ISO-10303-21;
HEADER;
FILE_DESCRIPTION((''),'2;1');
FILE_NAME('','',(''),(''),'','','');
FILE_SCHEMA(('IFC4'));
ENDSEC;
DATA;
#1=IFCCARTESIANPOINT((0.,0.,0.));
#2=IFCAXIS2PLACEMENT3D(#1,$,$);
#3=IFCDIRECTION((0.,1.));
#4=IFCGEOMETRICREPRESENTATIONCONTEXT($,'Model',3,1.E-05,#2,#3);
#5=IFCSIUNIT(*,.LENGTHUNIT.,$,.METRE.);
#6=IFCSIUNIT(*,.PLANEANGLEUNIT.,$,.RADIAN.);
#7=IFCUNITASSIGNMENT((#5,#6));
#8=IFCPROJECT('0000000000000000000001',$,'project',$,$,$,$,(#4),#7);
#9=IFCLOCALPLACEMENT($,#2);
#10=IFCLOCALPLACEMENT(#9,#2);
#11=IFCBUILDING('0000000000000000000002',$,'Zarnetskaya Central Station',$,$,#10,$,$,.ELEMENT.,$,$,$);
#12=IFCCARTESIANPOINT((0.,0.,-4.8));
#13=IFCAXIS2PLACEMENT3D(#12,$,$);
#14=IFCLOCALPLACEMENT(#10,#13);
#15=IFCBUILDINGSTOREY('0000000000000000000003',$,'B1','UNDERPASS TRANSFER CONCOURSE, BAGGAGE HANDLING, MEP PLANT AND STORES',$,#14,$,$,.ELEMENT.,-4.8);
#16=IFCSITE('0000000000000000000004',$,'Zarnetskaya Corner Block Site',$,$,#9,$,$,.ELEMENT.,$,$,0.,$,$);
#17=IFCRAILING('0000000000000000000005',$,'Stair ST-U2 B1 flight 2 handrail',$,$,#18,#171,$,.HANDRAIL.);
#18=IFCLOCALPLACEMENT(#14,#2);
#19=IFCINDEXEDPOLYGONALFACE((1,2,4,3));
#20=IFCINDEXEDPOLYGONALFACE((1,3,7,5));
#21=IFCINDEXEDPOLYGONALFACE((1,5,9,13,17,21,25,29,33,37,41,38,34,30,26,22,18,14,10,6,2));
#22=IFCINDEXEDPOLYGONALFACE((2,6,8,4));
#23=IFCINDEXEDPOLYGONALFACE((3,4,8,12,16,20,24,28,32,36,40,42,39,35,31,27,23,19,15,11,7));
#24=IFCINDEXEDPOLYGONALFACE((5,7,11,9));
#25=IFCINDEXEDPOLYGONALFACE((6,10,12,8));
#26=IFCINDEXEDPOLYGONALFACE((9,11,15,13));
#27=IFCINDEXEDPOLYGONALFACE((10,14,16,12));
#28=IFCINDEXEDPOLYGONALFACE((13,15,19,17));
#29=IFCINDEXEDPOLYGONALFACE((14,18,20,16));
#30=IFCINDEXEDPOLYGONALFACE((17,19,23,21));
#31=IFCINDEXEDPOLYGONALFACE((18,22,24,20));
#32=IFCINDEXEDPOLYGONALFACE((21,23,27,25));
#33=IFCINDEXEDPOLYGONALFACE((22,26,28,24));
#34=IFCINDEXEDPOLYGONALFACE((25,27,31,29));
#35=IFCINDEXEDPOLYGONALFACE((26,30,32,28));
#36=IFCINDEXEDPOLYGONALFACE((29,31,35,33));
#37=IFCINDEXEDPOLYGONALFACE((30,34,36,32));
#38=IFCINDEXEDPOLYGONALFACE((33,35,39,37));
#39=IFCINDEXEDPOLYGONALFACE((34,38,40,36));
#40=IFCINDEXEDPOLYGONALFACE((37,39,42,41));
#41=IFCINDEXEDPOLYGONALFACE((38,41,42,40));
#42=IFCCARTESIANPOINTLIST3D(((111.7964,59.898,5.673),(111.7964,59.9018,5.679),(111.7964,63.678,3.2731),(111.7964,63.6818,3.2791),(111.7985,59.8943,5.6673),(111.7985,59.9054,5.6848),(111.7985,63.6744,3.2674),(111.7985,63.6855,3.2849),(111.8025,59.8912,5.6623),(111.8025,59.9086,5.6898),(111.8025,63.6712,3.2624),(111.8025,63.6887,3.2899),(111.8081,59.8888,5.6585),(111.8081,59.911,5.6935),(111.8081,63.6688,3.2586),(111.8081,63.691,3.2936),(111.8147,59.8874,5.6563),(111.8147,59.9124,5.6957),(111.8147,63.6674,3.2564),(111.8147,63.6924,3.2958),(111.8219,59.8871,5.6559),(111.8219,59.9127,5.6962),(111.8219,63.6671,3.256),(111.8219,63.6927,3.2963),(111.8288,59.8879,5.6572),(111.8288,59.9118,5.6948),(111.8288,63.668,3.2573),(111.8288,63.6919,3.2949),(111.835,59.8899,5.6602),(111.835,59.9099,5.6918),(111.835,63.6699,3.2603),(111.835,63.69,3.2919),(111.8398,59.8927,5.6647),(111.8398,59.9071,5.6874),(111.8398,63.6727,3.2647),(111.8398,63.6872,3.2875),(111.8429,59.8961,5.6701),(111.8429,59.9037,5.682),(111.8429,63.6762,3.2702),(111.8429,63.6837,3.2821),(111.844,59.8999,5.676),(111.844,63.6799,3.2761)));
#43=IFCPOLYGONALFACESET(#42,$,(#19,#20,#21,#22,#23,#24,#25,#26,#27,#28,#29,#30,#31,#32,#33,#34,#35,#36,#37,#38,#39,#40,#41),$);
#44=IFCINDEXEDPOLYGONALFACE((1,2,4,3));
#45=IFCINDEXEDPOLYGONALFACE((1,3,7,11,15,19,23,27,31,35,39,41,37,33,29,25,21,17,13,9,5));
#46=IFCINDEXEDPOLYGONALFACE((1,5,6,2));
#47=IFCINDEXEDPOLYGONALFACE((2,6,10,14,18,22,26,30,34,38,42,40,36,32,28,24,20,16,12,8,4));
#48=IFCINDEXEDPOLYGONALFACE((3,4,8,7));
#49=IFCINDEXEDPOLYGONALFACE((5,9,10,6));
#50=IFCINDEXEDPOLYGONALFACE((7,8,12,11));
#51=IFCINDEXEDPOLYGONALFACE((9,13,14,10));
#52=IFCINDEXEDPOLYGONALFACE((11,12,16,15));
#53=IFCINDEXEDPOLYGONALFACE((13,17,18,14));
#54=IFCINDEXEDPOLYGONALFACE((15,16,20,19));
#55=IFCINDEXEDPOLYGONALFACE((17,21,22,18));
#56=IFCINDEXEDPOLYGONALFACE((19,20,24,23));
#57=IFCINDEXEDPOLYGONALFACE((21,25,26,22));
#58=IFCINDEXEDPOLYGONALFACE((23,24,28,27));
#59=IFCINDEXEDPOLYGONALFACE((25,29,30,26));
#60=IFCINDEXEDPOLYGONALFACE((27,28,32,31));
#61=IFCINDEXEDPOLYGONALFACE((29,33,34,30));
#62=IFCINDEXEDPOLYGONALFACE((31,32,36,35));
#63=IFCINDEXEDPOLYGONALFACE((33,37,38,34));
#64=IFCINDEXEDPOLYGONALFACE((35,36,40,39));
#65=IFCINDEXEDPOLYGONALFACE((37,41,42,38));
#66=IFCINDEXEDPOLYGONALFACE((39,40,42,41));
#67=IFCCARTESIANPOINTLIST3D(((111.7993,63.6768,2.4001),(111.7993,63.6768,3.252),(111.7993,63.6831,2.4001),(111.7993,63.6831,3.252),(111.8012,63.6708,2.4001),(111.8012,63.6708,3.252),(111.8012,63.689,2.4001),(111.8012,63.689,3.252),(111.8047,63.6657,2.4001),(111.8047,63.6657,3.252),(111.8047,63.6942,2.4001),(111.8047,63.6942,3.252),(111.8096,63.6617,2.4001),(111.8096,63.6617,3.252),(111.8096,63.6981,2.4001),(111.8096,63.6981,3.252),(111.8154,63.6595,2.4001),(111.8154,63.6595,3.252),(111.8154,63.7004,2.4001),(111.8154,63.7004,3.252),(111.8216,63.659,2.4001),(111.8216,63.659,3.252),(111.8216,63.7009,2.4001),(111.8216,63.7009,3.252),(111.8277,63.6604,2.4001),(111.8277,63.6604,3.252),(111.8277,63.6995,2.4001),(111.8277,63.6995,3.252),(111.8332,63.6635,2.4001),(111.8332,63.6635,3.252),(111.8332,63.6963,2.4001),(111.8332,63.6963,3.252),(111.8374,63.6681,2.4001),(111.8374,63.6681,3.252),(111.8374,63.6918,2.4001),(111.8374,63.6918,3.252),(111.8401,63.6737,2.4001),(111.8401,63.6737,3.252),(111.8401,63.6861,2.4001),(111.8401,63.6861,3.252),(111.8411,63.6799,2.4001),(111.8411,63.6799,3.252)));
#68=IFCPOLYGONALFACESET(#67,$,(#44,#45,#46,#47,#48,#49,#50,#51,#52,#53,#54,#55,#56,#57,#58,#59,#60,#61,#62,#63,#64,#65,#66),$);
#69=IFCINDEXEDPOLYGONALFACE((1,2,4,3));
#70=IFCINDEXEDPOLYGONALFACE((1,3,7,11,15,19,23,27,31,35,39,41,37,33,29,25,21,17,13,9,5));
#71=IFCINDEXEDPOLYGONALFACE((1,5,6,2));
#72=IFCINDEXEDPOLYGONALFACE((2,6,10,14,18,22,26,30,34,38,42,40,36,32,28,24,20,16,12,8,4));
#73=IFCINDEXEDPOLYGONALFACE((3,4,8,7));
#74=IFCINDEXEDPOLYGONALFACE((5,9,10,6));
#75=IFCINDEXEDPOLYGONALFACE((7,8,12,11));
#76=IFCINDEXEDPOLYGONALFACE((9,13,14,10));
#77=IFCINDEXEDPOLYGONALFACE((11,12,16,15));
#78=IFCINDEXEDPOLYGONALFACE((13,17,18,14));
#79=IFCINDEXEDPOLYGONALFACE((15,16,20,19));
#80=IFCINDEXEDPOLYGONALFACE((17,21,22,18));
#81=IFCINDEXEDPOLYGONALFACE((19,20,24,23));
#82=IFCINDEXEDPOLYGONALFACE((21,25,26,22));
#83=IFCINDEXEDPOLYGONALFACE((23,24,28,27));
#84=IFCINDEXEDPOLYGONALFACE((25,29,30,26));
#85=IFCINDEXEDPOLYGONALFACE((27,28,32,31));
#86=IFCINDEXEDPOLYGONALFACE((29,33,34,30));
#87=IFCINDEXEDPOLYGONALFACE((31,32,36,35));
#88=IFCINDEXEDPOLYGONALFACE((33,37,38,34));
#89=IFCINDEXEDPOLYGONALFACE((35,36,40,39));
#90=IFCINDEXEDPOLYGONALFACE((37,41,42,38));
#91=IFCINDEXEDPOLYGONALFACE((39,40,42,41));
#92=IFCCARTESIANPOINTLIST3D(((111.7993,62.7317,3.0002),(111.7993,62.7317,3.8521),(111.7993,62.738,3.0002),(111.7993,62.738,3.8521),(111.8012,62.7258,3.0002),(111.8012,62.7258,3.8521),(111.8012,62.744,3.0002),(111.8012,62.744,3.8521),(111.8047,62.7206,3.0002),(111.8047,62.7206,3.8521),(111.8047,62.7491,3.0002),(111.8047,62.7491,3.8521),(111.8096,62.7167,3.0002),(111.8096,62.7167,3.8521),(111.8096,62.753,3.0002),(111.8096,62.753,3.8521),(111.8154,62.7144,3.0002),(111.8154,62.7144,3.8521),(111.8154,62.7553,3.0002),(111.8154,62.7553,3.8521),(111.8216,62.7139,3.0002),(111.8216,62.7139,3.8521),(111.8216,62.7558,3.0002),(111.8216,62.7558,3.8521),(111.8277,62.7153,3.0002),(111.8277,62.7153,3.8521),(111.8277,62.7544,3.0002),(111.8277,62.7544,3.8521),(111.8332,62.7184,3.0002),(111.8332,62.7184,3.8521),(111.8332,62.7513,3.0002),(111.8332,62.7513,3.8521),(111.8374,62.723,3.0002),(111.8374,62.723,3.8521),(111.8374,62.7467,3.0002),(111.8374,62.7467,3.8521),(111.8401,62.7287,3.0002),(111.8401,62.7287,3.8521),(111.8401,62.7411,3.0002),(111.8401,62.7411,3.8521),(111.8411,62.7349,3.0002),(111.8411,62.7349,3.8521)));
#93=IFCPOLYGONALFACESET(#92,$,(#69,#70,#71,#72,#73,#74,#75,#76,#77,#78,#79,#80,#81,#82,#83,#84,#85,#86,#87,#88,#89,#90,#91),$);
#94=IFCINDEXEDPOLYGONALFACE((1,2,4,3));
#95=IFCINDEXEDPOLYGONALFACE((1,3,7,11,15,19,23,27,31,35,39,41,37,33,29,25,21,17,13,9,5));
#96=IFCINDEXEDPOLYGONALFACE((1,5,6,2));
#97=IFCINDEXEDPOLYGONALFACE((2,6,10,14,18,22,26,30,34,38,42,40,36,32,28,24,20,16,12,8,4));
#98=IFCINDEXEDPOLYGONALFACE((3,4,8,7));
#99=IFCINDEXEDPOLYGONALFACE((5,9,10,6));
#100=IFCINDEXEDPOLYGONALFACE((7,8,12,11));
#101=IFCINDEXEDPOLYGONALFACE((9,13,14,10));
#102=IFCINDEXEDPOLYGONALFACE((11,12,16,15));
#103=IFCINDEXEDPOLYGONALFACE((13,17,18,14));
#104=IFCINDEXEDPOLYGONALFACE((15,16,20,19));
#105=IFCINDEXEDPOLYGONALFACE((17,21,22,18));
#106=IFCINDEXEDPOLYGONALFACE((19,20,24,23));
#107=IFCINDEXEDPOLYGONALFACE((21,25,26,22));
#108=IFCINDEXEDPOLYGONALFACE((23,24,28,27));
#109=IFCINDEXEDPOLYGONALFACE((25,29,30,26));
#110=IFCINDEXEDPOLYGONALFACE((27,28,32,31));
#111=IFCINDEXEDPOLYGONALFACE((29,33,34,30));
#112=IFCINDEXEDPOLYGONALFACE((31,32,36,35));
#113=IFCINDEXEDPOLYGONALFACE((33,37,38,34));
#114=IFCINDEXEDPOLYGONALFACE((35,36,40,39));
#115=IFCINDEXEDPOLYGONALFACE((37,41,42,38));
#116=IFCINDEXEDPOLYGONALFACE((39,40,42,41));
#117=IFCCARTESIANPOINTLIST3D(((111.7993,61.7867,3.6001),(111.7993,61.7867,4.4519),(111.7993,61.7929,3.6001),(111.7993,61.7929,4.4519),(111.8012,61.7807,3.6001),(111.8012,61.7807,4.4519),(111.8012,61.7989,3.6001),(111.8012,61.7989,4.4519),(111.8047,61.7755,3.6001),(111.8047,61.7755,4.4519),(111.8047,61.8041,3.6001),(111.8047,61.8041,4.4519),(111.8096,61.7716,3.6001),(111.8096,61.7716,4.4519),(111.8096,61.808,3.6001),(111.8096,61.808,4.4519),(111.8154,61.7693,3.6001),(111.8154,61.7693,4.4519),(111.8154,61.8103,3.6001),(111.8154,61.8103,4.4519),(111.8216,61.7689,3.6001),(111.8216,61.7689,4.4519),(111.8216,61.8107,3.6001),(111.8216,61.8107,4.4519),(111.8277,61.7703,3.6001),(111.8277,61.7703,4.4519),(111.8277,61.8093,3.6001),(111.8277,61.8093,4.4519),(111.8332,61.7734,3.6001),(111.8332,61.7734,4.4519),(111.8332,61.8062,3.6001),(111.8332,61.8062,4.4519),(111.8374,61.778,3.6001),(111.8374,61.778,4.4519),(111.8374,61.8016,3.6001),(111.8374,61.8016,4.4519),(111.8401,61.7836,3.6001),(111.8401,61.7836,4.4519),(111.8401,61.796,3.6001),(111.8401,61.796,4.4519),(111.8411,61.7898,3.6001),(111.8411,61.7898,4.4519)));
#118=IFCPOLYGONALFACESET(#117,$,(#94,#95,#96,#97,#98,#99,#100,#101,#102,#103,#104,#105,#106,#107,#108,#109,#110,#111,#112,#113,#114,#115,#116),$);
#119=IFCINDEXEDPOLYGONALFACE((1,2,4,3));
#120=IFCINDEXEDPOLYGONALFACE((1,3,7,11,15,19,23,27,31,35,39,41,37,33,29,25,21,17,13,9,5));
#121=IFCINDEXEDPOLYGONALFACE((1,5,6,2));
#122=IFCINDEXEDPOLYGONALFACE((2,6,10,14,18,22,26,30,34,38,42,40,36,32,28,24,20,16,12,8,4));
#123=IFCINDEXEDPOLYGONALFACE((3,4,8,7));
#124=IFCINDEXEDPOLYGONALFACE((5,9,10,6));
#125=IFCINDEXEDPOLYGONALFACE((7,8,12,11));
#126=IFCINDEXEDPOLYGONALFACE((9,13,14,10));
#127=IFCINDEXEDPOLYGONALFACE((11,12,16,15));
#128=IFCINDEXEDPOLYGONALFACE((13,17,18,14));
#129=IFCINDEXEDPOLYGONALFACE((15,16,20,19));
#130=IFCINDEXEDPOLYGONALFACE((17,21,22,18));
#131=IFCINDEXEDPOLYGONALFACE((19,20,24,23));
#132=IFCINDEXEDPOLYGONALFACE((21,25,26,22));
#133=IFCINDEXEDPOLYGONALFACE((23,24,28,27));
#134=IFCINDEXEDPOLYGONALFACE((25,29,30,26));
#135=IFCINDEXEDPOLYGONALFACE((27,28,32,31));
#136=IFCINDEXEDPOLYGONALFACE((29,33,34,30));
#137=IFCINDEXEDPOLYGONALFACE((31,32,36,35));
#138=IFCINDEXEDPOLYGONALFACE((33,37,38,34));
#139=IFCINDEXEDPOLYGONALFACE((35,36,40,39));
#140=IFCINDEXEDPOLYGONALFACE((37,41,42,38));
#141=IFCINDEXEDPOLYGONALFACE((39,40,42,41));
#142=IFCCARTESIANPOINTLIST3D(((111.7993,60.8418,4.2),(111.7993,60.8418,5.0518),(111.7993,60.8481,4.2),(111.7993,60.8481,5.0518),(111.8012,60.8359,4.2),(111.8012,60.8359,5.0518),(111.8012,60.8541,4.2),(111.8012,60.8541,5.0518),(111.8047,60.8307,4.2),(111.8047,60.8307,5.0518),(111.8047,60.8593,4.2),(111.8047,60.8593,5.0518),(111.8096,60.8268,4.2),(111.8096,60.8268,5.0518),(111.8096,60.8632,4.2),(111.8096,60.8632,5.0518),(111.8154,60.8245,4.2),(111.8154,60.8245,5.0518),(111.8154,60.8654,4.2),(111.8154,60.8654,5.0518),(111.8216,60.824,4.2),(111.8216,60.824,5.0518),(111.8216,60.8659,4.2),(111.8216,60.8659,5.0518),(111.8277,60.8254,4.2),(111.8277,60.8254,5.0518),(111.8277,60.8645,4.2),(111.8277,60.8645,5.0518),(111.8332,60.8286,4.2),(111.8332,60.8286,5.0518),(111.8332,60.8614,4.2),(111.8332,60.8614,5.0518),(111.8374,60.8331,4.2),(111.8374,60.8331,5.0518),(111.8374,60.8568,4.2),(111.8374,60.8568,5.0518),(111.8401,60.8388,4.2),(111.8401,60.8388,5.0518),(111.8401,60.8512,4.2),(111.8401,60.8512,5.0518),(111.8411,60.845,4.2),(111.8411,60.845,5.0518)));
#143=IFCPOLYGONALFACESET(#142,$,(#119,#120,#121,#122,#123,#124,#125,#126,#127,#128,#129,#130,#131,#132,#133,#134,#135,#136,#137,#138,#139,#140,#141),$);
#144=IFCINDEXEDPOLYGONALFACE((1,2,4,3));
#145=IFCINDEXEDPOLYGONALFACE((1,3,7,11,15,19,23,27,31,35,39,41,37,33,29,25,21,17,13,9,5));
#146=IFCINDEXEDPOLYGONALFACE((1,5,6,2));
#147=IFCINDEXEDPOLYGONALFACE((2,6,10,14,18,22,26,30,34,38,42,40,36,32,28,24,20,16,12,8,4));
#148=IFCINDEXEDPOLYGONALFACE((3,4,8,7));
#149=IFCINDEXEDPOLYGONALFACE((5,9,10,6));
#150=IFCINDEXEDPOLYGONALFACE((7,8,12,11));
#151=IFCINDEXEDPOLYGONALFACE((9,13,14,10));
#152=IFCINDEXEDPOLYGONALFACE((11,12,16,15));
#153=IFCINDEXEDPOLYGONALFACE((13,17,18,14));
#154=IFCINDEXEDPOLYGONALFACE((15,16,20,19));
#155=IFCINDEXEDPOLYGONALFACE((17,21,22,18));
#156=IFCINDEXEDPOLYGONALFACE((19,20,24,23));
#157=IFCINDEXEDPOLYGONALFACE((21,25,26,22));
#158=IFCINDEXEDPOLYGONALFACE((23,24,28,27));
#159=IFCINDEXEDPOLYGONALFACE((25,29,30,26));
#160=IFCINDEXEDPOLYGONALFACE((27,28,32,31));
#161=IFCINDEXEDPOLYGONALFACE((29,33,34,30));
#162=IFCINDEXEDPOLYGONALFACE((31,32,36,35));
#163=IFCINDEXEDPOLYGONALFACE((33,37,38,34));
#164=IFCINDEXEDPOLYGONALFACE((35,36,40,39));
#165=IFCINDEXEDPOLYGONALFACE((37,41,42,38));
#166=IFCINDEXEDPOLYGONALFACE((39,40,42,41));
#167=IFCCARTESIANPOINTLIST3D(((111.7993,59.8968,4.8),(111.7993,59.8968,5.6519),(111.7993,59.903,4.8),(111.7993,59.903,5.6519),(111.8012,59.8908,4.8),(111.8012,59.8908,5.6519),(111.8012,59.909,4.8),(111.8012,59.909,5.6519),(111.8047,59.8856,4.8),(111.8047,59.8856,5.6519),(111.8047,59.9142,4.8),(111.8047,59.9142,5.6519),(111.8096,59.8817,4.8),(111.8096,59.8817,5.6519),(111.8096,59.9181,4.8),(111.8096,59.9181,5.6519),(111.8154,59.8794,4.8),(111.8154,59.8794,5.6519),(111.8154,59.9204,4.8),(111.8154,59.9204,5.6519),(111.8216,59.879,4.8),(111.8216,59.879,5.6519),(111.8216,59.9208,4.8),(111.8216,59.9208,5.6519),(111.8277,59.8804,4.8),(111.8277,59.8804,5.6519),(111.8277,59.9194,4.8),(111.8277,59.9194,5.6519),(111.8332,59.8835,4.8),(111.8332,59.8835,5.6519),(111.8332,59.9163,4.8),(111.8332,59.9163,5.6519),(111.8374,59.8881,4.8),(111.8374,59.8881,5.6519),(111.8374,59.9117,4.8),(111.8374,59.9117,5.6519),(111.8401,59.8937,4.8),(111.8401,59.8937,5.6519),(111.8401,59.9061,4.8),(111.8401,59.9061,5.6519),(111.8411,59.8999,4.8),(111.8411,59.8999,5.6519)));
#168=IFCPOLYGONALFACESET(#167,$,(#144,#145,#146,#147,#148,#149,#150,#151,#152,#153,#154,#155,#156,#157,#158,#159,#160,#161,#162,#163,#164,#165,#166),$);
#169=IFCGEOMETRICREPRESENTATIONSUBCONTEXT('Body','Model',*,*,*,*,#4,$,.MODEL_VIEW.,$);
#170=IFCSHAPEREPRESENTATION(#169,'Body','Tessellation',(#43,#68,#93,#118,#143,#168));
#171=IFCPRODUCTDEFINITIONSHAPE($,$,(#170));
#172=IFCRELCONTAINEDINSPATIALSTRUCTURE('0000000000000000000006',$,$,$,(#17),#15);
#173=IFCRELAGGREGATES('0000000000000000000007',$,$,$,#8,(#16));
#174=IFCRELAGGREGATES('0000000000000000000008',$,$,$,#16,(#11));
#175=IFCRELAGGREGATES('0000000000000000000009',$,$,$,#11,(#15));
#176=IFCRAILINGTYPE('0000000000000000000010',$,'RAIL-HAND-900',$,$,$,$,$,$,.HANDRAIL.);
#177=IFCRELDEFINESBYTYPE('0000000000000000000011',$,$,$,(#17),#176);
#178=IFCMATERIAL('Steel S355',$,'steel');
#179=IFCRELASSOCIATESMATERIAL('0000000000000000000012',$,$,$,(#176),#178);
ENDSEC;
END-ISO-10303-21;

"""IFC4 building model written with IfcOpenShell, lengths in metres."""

from ifc_helpers import new_model, si_unit, direction, frame, origin, origin_2d, place, context, subcontext, project, spatial, circle, extrude, material, type_object, element, save


model = new_model("IFC4")

# Units and contexts
model_context = context("Model", 3, precision=1e-05, world=origin(), true_north=direction((0.0, 1.0)))
body_context = subcontext(model_context, "Body", "Model", "MODEL_VIEW")
ifc_project = project(units=[si_unit("LENGTHUNIT", "METRE"), si_unit("PLANEANGLEUNIT", "RADIAN")], contexts=[model_context])

# Site, building, storey
site_placement = place(None, origin())
site = spatial("IfcSite", under=ifc_project, at=site_placement, Name="Zarnetskaya Corner Block Site", CompositionType="ELEMENT", RefElevation=0.0)
building_placement = place(site_placement, origin())
building = spatial("IfcBuilding", under=site, at=building_placement, Name="Zarnetskaya Central Station", CompositionType="ELEMENT")
storey_placement = place(building_placement, frame((0.0, 0.0, -4.8)))
storey = spatial("IfcBuildingStorey", under=building, at=storey_placement, Name="B1", Description="UNDERPASS TRANSFER CONCOURSE, BAGGAGE HANDLING, MEP PLANT AND STORES", CompositionType="ELEMENT", Elevation=-4.8)

# Railing
ifc_material_1 = material(Name="Steel S355", Category="steel")
railing_type_1 = type_object("IfcRailingType", Name="RAIL-HAND-900", PredefinedType="HANDRAIL", material=ifc_material_1)
railing_1_placement = place(storey_placement, frame((111.8201, 63.6799, 2.4001)))
element("IfcRailing", 1, at=railing_1_placement, inside=storey, type_object=railing_type_1, Name="Stair ST-U2 B1 flight 2 handrail", PredefinedType="HANDRAIL", context=body_context, shape_type="SweptSolid", body=[
    extrude(circle(Radius=0.0239, at=origin_2d()), frame((0.0, 0.0, 0.876), z_axis=(0.0, -0.844225, 0.53599), x_axis=(1.0, 0.0, 0.0)), (0.0, 0.0, 1.0), 4.4775),
    extrude(circle(Radius=0.021, at=origin_2d()), origin(), (0.0, 0.0, 1.0), 0.8518),
    extrude(circle(Radius=0.021, at=origin_2d()), frame((0.0, -0.9451, 0.6001)), (0.0, 0.0, 1.0), 0.8518),
    extrude(circle(Radius=0.021, at=origin_2d()), frame((0.0, -1.8901, 1.2)), (0.0, 0.0, 1.0), 0.8518),
    extrude(circle(Radius=0.021, at=origin_2d()), frame((0.0, -2.835, 1.7998)), (0.0, 0.0, 1.0), 0.8518),
    extrude(circle(Radius=0.021, at=origin_2d()), frame((0.0, -3.78, 2.3999)), (0.0, 0.0, 1.0), 0.8518),
])

save(model, "model.ifc")
